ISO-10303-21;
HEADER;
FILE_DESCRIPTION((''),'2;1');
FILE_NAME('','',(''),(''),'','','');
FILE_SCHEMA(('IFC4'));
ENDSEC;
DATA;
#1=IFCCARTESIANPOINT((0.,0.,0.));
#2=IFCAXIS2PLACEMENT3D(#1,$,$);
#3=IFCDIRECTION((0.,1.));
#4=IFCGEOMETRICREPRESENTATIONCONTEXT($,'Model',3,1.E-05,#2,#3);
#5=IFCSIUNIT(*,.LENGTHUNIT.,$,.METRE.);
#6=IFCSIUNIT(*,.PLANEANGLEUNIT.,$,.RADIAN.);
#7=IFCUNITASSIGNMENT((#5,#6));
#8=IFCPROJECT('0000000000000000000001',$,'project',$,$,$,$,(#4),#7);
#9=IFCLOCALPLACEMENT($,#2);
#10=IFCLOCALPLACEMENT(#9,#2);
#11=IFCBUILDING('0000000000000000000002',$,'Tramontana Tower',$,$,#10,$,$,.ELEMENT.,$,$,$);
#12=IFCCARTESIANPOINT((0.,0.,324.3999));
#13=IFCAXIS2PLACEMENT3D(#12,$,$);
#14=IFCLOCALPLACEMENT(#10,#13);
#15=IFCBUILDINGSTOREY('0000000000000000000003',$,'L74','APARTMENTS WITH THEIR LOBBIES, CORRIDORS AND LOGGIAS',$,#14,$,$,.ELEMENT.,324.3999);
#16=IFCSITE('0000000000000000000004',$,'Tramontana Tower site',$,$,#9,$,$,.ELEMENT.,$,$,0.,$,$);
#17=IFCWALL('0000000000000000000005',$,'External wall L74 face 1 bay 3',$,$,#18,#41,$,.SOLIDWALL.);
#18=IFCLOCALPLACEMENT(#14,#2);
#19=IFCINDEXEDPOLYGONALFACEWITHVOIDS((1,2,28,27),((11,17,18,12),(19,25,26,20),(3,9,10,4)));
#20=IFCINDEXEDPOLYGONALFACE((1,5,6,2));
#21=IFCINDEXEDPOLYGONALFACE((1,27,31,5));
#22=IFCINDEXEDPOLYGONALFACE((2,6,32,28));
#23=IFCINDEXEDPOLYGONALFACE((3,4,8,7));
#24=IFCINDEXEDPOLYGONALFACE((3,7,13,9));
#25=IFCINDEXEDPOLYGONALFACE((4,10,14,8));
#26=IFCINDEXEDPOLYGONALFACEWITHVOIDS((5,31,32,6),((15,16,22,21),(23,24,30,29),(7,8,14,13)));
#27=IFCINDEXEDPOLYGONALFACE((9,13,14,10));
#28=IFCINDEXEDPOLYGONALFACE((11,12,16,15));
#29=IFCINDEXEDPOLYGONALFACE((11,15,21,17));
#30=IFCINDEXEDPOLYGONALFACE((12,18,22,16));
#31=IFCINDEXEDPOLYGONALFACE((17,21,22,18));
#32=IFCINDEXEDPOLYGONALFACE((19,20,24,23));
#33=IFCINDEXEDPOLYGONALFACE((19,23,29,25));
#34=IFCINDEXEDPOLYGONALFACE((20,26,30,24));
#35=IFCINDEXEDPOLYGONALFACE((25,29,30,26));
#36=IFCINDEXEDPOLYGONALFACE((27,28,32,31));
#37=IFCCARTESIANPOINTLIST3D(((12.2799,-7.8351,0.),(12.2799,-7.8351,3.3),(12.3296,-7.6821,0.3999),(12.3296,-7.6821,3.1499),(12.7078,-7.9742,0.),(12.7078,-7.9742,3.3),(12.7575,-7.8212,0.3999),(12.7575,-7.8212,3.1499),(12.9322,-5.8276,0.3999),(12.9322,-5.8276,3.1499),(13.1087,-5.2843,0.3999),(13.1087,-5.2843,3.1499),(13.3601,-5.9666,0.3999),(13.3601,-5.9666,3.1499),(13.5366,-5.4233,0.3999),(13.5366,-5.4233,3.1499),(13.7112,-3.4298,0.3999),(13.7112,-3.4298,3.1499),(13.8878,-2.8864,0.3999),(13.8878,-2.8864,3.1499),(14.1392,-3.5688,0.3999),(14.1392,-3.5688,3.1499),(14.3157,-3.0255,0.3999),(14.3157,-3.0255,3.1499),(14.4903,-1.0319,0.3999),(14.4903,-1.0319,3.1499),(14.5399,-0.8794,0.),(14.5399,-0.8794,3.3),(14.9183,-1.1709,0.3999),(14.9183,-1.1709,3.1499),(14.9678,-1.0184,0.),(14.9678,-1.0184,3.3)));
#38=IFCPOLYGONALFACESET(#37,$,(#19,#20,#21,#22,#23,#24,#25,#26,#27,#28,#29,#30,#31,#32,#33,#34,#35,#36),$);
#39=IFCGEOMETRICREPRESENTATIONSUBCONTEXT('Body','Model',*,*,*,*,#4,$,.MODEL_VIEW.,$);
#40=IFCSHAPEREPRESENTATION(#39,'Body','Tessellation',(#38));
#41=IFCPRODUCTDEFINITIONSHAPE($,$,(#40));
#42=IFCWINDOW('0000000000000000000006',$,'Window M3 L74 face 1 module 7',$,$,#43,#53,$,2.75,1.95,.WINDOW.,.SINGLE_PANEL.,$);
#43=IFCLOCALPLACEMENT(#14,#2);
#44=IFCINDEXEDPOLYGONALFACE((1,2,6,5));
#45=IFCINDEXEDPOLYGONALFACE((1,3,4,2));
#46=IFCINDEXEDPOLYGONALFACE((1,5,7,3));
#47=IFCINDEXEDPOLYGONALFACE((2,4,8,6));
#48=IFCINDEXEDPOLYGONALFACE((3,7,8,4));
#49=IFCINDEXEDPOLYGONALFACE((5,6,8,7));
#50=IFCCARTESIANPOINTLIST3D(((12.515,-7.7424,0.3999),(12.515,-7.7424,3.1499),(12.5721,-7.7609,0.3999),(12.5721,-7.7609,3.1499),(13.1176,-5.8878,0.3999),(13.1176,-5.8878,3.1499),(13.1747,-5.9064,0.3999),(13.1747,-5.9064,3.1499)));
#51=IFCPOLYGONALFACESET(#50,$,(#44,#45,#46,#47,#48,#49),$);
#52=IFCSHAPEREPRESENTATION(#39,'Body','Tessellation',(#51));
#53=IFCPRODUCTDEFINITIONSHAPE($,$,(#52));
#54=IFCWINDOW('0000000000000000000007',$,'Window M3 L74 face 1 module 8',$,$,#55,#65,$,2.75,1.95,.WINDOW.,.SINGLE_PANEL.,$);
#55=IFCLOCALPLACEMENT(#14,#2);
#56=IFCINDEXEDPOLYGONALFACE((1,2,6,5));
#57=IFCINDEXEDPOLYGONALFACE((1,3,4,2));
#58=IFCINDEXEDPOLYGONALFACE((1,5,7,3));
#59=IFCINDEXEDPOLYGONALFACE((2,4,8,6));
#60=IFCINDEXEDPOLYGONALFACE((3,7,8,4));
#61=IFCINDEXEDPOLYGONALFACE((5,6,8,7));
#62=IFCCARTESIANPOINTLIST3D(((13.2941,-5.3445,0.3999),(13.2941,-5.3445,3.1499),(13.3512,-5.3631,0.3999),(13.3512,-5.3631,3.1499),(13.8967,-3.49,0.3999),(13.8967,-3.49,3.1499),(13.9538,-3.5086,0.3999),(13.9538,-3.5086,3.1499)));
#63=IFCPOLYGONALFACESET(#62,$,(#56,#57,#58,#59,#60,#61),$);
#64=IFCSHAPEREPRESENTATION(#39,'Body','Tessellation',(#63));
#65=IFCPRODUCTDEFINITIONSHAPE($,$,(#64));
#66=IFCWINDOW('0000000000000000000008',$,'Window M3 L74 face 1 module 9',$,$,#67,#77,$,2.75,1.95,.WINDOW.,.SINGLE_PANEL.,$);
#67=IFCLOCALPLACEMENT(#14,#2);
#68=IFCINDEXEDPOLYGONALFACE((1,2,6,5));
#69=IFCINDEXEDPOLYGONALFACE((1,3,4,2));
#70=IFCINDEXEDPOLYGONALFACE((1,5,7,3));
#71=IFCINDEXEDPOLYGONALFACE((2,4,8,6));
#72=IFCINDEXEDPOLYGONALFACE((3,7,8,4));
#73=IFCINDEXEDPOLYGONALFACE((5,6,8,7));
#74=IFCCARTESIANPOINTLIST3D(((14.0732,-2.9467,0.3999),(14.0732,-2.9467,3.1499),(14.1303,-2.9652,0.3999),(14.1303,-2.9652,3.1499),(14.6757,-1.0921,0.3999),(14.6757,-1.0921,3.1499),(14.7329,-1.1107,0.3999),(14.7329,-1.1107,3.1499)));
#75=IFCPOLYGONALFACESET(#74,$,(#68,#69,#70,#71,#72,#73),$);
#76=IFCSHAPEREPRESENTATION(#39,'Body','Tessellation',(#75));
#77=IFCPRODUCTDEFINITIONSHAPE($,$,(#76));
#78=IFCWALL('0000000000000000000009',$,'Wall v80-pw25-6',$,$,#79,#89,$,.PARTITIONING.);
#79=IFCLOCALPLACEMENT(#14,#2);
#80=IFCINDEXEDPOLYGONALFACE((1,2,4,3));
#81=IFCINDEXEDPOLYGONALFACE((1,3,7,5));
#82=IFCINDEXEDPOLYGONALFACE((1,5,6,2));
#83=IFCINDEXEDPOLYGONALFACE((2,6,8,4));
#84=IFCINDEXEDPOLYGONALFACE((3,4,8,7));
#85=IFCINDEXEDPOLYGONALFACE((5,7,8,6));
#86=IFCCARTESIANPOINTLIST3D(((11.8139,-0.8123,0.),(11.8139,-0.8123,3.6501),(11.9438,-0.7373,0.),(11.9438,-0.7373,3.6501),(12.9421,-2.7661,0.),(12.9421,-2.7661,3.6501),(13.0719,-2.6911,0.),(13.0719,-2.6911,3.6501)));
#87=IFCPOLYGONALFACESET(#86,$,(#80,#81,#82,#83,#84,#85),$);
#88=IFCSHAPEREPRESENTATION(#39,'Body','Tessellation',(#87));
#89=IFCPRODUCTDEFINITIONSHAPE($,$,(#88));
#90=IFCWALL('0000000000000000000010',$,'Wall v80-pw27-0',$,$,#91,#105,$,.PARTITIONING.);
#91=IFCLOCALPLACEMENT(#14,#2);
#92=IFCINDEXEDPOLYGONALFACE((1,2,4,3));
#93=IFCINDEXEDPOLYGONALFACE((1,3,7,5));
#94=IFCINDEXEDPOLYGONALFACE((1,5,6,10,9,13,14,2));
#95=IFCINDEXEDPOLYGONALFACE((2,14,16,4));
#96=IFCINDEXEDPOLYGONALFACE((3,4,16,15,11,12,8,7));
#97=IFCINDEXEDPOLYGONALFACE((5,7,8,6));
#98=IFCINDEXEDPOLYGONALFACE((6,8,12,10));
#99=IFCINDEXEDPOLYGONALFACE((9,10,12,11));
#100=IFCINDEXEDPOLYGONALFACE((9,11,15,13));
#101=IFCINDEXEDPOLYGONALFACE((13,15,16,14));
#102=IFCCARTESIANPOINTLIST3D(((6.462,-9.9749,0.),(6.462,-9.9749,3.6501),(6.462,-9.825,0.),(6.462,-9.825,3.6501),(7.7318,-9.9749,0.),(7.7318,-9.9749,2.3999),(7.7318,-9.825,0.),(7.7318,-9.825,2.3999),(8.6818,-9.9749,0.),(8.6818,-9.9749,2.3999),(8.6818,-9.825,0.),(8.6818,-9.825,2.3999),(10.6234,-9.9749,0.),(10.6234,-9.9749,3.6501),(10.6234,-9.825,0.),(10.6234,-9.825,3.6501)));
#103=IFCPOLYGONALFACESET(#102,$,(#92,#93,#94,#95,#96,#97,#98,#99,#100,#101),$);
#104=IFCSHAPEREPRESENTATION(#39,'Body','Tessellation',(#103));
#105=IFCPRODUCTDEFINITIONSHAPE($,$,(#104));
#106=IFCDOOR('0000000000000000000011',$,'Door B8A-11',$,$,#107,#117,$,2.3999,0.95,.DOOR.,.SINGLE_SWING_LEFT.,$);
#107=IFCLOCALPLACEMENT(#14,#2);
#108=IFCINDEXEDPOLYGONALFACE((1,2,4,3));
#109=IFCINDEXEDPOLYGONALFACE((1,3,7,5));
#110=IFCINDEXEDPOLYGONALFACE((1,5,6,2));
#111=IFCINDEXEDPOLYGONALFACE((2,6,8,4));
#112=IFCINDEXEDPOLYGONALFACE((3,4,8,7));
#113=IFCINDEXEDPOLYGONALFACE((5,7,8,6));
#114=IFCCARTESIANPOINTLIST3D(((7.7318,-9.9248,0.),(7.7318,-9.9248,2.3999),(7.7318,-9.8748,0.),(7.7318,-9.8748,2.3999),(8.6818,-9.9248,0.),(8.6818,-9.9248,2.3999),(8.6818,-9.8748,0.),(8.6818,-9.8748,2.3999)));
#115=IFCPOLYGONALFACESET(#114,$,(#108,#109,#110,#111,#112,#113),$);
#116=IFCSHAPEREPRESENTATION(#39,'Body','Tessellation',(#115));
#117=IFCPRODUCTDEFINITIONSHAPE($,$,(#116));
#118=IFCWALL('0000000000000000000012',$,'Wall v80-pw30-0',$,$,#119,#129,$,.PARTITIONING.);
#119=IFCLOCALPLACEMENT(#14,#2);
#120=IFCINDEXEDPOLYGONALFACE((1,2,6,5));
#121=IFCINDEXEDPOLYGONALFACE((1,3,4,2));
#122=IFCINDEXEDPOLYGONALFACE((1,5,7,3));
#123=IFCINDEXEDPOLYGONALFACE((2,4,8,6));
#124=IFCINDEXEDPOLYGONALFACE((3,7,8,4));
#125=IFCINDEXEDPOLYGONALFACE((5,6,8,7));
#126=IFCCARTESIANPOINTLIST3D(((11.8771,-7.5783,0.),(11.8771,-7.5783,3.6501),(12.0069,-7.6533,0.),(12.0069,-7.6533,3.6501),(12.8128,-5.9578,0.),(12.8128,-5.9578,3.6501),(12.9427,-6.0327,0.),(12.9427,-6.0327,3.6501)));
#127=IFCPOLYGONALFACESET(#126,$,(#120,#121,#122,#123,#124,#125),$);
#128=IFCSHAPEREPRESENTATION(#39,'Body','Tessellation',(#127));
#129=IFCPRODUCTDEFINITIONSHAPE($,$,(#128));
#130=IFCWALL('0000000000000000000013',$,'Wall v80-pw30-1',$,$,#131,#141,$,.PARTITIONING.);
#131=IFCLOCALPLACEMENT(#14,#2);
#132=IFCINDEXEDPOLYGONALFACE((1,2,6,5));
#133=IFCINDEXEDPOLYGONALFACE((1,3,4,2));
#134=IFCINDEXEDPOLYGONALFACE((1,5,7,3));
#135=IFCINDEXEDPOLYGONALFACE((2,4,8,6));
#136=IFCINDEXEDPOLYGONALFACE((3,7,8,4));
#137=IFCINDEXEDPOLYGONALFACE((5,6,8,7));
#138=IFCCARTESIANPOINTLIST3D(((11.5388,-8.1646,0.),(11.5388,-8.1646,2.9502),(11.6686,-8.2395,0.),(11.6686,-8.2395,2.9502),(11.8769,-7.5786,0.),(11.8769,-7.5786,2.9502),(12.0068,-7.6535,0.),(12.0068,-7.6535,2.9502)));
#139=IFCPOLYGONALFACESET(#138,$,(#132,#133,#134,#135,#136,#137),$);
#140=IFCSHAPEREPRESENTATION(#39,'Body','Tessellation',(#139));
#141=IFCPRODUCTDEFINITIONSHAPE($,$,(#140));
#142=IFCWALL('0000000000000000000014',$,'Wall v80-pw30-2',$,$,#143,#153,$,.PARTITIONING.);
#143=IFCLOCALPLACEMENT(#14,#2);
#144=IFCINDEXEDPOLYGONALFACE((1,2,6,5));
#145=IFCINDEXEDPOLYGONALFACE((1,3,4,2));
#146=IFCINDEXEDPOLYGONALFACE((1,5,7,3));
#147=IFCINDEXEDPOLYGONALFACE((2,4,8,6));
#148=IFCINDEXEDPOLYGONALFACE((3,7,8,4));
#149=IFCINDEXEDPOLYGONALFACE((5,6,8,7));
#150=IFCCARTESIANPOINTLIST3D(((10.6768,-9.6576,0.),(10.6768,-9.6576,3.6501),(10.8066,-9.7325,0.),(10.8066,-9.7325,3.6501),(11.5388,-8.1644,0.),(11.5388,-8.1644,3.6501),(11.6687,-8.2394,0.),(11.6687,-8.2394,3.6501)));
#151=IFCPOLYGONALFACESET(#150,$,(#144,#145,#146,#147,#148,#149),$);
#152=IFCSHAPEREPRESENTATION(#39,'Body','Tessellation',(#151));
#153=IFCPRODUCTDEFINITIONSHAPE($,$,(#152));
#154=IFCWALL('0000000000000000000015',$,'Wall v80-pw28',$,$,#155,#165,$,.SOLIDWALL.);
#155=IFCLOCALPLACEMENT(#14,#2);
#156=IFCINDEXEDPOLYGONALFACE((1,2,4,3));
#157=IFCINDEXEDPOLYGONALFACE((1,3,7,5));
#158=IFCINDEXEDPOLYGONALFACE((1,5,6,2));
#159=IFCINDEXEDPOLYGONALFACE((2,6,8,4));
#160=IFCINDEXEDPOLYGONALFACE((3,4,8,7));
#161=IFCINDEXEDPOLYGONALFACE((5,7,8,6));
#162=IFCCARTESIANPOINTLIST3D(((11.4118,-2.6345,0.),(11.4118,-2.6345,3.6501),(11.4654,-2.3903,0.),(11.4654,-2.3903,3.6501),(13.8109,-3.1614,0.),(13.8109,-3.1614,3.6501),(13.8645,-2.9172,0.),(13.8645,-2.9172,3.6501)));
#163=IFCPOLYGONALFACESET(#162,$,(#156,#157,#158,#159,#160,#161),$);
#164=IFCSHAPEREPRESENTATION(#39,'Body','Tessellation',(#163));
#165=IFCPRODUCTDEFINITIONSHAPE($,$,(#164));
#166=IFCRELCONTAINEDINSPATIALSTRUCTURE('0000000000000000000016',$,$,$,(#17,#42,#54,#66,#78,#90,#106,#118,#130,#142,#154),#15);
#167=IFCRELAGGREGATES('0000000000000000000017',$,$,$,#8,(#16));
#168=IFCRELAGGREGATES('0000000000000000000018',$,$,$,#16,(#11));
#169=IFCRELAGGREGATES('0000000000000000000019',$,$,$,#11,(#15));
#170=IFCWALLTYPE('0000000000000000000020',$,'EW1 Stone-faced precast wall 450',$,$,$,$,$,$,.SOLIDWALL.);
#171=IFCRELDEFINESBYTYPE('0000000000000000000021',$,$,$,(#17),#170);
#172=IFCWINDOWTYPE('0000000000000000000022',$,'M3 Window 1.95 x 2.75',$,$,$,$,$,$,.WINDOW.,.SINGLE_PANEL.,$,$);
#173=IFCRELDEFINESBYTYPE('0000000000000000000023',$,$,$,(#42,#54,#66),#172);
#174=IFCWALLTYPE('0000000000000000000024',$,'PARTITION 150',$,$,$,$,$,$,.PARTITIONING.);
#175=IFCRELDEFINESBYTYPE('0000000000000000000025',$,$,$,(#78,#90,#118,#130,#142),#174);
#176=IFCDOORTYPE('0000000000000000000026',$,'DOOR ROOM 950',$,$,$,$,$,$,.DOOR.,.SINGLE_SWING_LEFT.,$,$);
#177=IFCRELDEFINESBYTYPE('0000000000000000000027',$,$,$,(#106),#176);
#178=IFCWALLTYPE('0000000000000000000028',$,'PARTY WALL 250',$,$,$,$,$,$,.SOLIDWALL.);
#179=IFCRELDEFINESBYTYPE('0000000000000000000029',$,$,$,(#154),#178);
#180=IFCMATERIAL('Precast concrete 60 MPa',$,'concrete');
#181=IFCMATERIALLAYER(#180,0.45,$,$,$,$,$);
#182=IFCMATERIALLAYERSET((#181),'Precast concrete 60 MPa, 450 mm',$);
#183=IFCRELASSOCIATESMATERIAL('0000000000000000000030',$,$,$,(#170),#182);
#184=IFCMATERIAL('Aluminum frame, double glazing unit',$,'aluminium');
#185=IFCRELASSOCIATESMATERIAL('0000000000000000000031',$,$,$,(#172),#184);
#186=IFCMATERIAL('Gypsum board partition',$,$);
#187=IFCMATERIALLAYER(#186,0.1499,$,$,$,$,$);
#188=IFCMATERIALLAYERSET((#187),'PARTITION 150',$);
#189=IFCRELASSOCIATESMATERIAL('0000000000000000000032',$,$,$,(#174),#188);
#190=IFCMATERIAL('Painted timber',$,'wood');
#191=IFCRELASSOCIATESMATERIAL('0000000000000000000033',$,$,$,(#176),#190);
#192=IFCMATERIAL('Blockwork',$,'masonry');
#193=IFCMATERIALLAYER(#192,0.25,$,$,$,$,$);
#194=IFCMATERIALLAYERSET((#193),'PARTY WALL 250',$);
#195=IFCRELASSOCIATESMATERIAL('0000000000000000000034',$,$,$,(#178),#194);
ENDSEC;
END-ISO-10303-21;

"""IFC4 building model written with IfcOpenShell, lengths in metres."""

from ifc_helpers import new_model, si_unit, direction, frame, frame_2d, origin, place, context, subcontext, project, spatial, rectangle, extrude, material, layer, layer_set, type_object, element, fill, save


model = new_model("IFC4")

# Units and contexts
model_context = context("Model", 3, precision=1e-05, world=origin(), true_north=direction((0.0, 1.0)))
body_context = subcontext(model_context, "Body", "Model", "MODEL_VIEW")
ifc_project = project(units=[si_unit("LENGTHUNIT", "METRE"), si_unit("PLANEANGLEUNIT", "RADIAN")], contexts=[model_context])

# Site, building, storey
site_placement = place(None, origin())
site = spatial("IfcSite", under=ifc_project, at=site_placement, Name="Tramontana Tower site", CompositionType="ELEMENT", RefElevation=0.0)
building_placement = place(site_placement, origin())
building = spatial("IfcBuilding", under=site, at=building_placement, Name="Tramontana Tower", CompositionType="ELEMENT")
storey_placement = place(building_placement, frame((0.0, 0.0, 324.3999)))
storey = spatial("IfcBuildingStorey", under=building, at=storey_placement, Name="L74", Description="APARTMENTS WITH THEIR LOBBIES, CORRIDORS AND LOGGIAS", CompositionType="ELEMENT", Elevation=324.3999)

# Wall, openings, windows
ifc_material_1 = material(Name="Precast concrete 60 MPa", Category="concrete")
ifc_layer_1 = layer(ifc_material_1, 0.45)
ifc_layer_set_1 = layer_set([ifc_layer_1], Name="Precast concrete 60 MPa, 450 mm")
wall_type_1 = type_object("IfcWallType", Name="EW1 Stone-faced precast wall 450", PredefinedType="SOLIDWALL", material=ifc_layer_set_1)
wall_1_placement = place(storey_placement, frame((12.4939, -7.9045, 0.0), z_axis=(0.0, 0.0, 1.0), x_axis=(0.309008, 0.951059, 0.0)))
wall_1 = element("IfcWall", 1, at=wall_1_placement, inside=storey, type_object=wall_type_1, Name="External wall L74 face 1 bay 3", PredefinedType="SOLIDWALL", context=body_context, shape_type="SweptSolid", body=[
    extrude(rectangle(XDim=7.3137, YDim=0.45, at=frame_2d((3.6567, 0.0))), origin(), (0.0, 0.0, 1.0), 3.3),
])
opening_1_placement = place(wall_1_placement, frame((0.1606, 0.0, 0.3999)))
opening_1 = element("IfcOpeningElement", 2, at=opening_1_placement, cuts=wall_1, PredefinedType="OPENING", context=body_context, shape_type="SweptSolid", body=[
    extrude(rectangle(XDim=1.95, YDim=2.75, at=frame_2d((0.9751, 1.375))), frame((0.0, 0.2349, 0.0), z_axis=(0.0, -1.0, 0.0), x_axis=(1.0, 0.0, 0.0)), (0.0, 0.0, 1.0), 0.47),
])
opening_2_placement = place(wall_1_placement, frame((2.6819, 0.0, 0.3999)))
opening_2 = element("IfcOpeningElement", 3, at=opening_2_placement, cuts=wall_1, PredefinedType="OPENING", context=body_context, shape_type="SweptSolid", body=[
    extrude(rectangle(XDim=1.95, YDim=2.75, at=frame_2d((0.9751, 1.375))), frame((0.0, 0.2349, 0.0), z_axis=(0.0, -1.0, 0.0), x_axis=(1.0, 0.0, 0.0)), (0.0, 0.0, 1.0), 0.47),
])
opening_3_placement = place(wall_1_placement, frame((5.2031, 0.0, 0.3999)))
opening_3 = element("IfcOpeningElement", 4, at=opening_3_placement, cuts=wall_1, PredefinedType="OPENING", context=body_context, shape_type="SweptSolid", body=[
    extrude(rectangle(XDim=1.95, YDim=2.75, at=frame_2d((0.9751, 1.375))), frame((0.0, 0.2349, 0.0), z_axis=(0.0, -1.0, 0.0), x_axis=(1.0, 0.0, 0.0)), (0.0, 0.0, 1.0), 0.47),
])
ifc_material_2 = material(Name="Aluminum frame, double glazing unit", Category="aluminium")
window_type = type_object("IfcWindowType", Name="M3 Window 1.95 x 2.75", PartitioningType="SINGLE_PANEL", PredefinedType="WINDOW", material=ifc_material_2)
window_1_placement = place(opening_1_placement, origin())
window_1 = element("IfcWindow", 5, at=window_1_placement, inside=storey, type_object=window_type, Name="Window M3 L74 face 1 module 7", OverallHeight=2.75, OverallWidth=1.95, PartitioningType="SINGLE_PANEL", PredefinedType="WINDOW", context=body_context, shape_type="SweptSolid", body=[
    extrude(rectangle(XDim=1.95, YDim=2.75, at=frame_2d((0.9751, 1.375))), frame((0.0, 0.03, 0.0), z_axis=(0.0, -1.0, 0.0), x_axis=(1.0, 0.0, 0.0)), (0.0, 0.0, 1.0), 0.0601),
])
fill(opening_1, window_1)
window_2_placement = place(opening_2_placement, origin())
window_2 = element("IfcWindow", 6, at=window_2_placement, inside=storey, type_object=window_type, Name="Window M3 L74 face 1 module 8", OverallHeight=2.75, OverallWidth=1.95, PartitioningType="SINGLE_PANEL", PredefinedType="WINDOW", context=body_context, shape_type="SweptSolid", body=[
    extrude(rectangle(XDim=1.95, YDim=2.75, at=frame_2d((0.9751, 1.375))), frame((0.0, 0.03, 0.0), z_axis=(0.0, -1.0, 0.0), x_axis=(1.0, 0.0, 0.0)), (0.0, 0.0, 1.0), 0.0601),
])
fill(opening_2, window_2)
window_3_placement = place(opening_3_placement, origin())
window_3 = element("IfcWindow", 7, at=window_3_placement, inside=storey, type_object=window_type, Name="Window M3 L74 face 1 module 9", OverallHeight=2.75, OverallWidth=1.95, PartitioningType="SINGLE_PANEL", PredefinedType="WINDOW", context=body_context, shape_type="SweptSolid", body=[
    extrude(rectangle(XDim=1.95, YDim=2.75, at=frame_2d((0.9751, 1.375))), frame((0.0, 0.03, 0.0), z_axis=(0.0, -1.0, 0.0), x_axis=(1.0, 0.0, 0.0)), (0.0, 0.0, 1.0), 0.0601),
])
fill(opening_3, window_3)

# Wall
ifc_material_3 = material(Name="Gypsum board partition")
ifc_layer_2 = layer(ifc_material_3, 0.1499)
ifc_layer_set_2 = layer_set([ifc_layer_2], Name="PARTITION 150")
wall_type_2 = type_object("IfcWallType", Name="PARTITION 150", PredefinedType="PARTITIONING", material=ifc_layer_set_2)
wall_2_placement = place(storey_placement, frame((11.8789, -0.7749, 0.0), z_axis=(0.0, 0.0, 1.0), x_axis=(0.500038, -0.866004, 0.0)))
element("IfcWall", 8, at=wall_2_placement, inside=storey, type_object=wall_type_2, Name="Wall v80-pw25-6", PredefinedType="PARTITIONING", context=body_context, shape_type="SweptSolid", body=[
    extrude(rectangle(XDim=2.2561, YDim=0.1499, at=frame_2d((1.1279, 0.0))), origin(), (0.0, 0.0, 1.0), 3.6501),
])

# Wall, opening, door
wall_3_placement = place(storey_placement, frame((10.6233, -9.8999, 0.0), z_axis=(0.0, 0.0, 1.0), x_axis=(-1.0, 0.0, 0.0)))
wall_3 = element("IfcWall", 9, at=wall_3_placement, inside=storey, type_object=wall_type_2, Name="Wall v80-pw27-0", PredefinedType="PARTITIONING", context=body_context, shape_type="SweptSolid", body=[
    extrude(rectangle(XDim=4.1614, YDim=0.1499, at=frame_2d((2.0806, 0.0))), origin(), (0.0, 0.0, 1.0), 3.6501),
])
opening_4_placement = place(wall_3_placement, frame((1.9414, 0.0, 0.0)))
opening_4 = element("IfcOpeningElement", 10, at=opening_4_placement, cuts=wall_3, PredefinedType="OPENING", context=body_context, shape_type="SweptSolid", body=[
    extrude(rectangle(XDim=0.95, YDim=2.3999, at=frame_2d((0.4751, 1.2))), frame((0.0, 0.085, 0.0), z_axis=(0.0, -1.0, 0.0), x_axis=(1.0, 0.0, 0.0)), (0.0, 0.0, 1.0), 0.1699),
])
ifc_material_4 = material(Name="Painted timber", Category="wood")
door_type_1 = type_object("IfcDoorType", Name="DOOR ROOM 950", OperationType="SINGLE_SWING_LEFT", PredefinedType="DOOR", material=ifc_material_4)
door_1_placement = place(opening_4_placement, origin())
door_1 = element("IfcDoor", 11, at=door_1_placement, inside=storey, type_object=door_type_1, Name="Door B8A-11", OperationType="SINGLE_SWING_LEFT", OverallHeight=2.3999, OverallWidth=0.95, PredefinedType="DOOR", context=body_context, shape_type="SweptSolid", body=[
    extrude(rectangle(XDim=0.95, YDim=2.3999, at=frame_2d((0.4751, 1.2))), frame((0.0, 0.0249, 0.0), z_axis=(0.0, -1.0, 0.0), x_axis=(1.0, 0.0, 0.0)), (0.0, 0.0, 1.0), 0.05),
])
fill(opening_4, door_1)

# Walls
wall_4_placement = place(storey_placement, frame((12.8777, -5.9954, 0.0), z_axis=(0.0, 0.0, 1.0), x_axis=(-0.500054, -0.865994, 0.0)))
element("IfcWall", 12, at=wall_4_placement, inside=storey, type_object=wall_type_2, Name="Wall v80-pw30-0", PredefinedType="PARTITIONING", context=body_context, shape_type="SweptSolid", body=[
    extrude(rectangle(XDim=1.8713, YDim=0.1499, at=frame_2d((0.9355, 0.0))), origin(), (0.0, 0.0, 1.0), 3.6501),
])
wall_5_placement = place(storey_placement, frame((11.9419, -7.616, 0.0), z_axis=(0.0, 0.0, 1.0), x_axis=(-0.499827, -0.866125, 0.0)))
element("IfcWall", 13, at=wall_5_placement, inside=storey, type_object=wall_type_2, Name="Wall v80-pw30-1", PredefinedType="PARTITIONING", context=body_context, shape_type="SweptSolid", body=[
    extrude(rectangle(XDim=0.6765, YDim=0.1499, at=frame_2d((0.3384, 0.0))), origin(), (0.0, 0.0, 1.0), 2.9502),
])
wall_6_placement = place(storey_placement, frame((11.6038, -8.2019, 0.0), z_axis=(0.0, 0.0, 1.0), x_axis=(-0.499992, -0.86603, 0.0)))
element("IfcWall", 14, at=wall_6_placement, inside=storey, type_object=wall_type_2, Name="Wall v80-pw30-2", PredefinedType="PARTITIONING", context=body_context, shape_type="SweptSolid", body=[
    extrude(rectangle(XDim=1.7241, YDim=0.1499, at=frame_2d((0.8621, 0.0))), origin(), (0.0, 0.0, 1.0), 3.6501),
])
ifc_material_5 = material(Name="Blockwork", Category="masonry")
ifc_layer_3 = layer(ifc_material_5, 0.25)
ifc_layer_set_3 = layer_set([ifc_layer_3], Name="PARTY WALL 250")
wall_type_3 = type_object("IfcWallType", Name="PARTY WALL 250", PredefinedType="SOLIDWALL", material=ifc_layer_set_3)
wall_7_placement = place(storey_placement, frame((11.4387, -2.5125, 0.0), z_axis=(0.0, 0.0, 1.0), x_axis=(0.976727, -0.214488, 0.0)))
element("IfcWall", 15, at=wall_7_placement, inside=storey, type_object=wall_type_3, Name="Wall v80-pw28", PredefinedType="SOLIDWALL", context=body_context, shape_type="SweptSolid", body=[
    extrude(rectangle(XDim=2.4563, YDim=0.25, at=frame_2d((1.228, 0.0))), origin(), (0.0, 0.0, 1.0), 3.6501),
])

save(model, "model.ifc")
